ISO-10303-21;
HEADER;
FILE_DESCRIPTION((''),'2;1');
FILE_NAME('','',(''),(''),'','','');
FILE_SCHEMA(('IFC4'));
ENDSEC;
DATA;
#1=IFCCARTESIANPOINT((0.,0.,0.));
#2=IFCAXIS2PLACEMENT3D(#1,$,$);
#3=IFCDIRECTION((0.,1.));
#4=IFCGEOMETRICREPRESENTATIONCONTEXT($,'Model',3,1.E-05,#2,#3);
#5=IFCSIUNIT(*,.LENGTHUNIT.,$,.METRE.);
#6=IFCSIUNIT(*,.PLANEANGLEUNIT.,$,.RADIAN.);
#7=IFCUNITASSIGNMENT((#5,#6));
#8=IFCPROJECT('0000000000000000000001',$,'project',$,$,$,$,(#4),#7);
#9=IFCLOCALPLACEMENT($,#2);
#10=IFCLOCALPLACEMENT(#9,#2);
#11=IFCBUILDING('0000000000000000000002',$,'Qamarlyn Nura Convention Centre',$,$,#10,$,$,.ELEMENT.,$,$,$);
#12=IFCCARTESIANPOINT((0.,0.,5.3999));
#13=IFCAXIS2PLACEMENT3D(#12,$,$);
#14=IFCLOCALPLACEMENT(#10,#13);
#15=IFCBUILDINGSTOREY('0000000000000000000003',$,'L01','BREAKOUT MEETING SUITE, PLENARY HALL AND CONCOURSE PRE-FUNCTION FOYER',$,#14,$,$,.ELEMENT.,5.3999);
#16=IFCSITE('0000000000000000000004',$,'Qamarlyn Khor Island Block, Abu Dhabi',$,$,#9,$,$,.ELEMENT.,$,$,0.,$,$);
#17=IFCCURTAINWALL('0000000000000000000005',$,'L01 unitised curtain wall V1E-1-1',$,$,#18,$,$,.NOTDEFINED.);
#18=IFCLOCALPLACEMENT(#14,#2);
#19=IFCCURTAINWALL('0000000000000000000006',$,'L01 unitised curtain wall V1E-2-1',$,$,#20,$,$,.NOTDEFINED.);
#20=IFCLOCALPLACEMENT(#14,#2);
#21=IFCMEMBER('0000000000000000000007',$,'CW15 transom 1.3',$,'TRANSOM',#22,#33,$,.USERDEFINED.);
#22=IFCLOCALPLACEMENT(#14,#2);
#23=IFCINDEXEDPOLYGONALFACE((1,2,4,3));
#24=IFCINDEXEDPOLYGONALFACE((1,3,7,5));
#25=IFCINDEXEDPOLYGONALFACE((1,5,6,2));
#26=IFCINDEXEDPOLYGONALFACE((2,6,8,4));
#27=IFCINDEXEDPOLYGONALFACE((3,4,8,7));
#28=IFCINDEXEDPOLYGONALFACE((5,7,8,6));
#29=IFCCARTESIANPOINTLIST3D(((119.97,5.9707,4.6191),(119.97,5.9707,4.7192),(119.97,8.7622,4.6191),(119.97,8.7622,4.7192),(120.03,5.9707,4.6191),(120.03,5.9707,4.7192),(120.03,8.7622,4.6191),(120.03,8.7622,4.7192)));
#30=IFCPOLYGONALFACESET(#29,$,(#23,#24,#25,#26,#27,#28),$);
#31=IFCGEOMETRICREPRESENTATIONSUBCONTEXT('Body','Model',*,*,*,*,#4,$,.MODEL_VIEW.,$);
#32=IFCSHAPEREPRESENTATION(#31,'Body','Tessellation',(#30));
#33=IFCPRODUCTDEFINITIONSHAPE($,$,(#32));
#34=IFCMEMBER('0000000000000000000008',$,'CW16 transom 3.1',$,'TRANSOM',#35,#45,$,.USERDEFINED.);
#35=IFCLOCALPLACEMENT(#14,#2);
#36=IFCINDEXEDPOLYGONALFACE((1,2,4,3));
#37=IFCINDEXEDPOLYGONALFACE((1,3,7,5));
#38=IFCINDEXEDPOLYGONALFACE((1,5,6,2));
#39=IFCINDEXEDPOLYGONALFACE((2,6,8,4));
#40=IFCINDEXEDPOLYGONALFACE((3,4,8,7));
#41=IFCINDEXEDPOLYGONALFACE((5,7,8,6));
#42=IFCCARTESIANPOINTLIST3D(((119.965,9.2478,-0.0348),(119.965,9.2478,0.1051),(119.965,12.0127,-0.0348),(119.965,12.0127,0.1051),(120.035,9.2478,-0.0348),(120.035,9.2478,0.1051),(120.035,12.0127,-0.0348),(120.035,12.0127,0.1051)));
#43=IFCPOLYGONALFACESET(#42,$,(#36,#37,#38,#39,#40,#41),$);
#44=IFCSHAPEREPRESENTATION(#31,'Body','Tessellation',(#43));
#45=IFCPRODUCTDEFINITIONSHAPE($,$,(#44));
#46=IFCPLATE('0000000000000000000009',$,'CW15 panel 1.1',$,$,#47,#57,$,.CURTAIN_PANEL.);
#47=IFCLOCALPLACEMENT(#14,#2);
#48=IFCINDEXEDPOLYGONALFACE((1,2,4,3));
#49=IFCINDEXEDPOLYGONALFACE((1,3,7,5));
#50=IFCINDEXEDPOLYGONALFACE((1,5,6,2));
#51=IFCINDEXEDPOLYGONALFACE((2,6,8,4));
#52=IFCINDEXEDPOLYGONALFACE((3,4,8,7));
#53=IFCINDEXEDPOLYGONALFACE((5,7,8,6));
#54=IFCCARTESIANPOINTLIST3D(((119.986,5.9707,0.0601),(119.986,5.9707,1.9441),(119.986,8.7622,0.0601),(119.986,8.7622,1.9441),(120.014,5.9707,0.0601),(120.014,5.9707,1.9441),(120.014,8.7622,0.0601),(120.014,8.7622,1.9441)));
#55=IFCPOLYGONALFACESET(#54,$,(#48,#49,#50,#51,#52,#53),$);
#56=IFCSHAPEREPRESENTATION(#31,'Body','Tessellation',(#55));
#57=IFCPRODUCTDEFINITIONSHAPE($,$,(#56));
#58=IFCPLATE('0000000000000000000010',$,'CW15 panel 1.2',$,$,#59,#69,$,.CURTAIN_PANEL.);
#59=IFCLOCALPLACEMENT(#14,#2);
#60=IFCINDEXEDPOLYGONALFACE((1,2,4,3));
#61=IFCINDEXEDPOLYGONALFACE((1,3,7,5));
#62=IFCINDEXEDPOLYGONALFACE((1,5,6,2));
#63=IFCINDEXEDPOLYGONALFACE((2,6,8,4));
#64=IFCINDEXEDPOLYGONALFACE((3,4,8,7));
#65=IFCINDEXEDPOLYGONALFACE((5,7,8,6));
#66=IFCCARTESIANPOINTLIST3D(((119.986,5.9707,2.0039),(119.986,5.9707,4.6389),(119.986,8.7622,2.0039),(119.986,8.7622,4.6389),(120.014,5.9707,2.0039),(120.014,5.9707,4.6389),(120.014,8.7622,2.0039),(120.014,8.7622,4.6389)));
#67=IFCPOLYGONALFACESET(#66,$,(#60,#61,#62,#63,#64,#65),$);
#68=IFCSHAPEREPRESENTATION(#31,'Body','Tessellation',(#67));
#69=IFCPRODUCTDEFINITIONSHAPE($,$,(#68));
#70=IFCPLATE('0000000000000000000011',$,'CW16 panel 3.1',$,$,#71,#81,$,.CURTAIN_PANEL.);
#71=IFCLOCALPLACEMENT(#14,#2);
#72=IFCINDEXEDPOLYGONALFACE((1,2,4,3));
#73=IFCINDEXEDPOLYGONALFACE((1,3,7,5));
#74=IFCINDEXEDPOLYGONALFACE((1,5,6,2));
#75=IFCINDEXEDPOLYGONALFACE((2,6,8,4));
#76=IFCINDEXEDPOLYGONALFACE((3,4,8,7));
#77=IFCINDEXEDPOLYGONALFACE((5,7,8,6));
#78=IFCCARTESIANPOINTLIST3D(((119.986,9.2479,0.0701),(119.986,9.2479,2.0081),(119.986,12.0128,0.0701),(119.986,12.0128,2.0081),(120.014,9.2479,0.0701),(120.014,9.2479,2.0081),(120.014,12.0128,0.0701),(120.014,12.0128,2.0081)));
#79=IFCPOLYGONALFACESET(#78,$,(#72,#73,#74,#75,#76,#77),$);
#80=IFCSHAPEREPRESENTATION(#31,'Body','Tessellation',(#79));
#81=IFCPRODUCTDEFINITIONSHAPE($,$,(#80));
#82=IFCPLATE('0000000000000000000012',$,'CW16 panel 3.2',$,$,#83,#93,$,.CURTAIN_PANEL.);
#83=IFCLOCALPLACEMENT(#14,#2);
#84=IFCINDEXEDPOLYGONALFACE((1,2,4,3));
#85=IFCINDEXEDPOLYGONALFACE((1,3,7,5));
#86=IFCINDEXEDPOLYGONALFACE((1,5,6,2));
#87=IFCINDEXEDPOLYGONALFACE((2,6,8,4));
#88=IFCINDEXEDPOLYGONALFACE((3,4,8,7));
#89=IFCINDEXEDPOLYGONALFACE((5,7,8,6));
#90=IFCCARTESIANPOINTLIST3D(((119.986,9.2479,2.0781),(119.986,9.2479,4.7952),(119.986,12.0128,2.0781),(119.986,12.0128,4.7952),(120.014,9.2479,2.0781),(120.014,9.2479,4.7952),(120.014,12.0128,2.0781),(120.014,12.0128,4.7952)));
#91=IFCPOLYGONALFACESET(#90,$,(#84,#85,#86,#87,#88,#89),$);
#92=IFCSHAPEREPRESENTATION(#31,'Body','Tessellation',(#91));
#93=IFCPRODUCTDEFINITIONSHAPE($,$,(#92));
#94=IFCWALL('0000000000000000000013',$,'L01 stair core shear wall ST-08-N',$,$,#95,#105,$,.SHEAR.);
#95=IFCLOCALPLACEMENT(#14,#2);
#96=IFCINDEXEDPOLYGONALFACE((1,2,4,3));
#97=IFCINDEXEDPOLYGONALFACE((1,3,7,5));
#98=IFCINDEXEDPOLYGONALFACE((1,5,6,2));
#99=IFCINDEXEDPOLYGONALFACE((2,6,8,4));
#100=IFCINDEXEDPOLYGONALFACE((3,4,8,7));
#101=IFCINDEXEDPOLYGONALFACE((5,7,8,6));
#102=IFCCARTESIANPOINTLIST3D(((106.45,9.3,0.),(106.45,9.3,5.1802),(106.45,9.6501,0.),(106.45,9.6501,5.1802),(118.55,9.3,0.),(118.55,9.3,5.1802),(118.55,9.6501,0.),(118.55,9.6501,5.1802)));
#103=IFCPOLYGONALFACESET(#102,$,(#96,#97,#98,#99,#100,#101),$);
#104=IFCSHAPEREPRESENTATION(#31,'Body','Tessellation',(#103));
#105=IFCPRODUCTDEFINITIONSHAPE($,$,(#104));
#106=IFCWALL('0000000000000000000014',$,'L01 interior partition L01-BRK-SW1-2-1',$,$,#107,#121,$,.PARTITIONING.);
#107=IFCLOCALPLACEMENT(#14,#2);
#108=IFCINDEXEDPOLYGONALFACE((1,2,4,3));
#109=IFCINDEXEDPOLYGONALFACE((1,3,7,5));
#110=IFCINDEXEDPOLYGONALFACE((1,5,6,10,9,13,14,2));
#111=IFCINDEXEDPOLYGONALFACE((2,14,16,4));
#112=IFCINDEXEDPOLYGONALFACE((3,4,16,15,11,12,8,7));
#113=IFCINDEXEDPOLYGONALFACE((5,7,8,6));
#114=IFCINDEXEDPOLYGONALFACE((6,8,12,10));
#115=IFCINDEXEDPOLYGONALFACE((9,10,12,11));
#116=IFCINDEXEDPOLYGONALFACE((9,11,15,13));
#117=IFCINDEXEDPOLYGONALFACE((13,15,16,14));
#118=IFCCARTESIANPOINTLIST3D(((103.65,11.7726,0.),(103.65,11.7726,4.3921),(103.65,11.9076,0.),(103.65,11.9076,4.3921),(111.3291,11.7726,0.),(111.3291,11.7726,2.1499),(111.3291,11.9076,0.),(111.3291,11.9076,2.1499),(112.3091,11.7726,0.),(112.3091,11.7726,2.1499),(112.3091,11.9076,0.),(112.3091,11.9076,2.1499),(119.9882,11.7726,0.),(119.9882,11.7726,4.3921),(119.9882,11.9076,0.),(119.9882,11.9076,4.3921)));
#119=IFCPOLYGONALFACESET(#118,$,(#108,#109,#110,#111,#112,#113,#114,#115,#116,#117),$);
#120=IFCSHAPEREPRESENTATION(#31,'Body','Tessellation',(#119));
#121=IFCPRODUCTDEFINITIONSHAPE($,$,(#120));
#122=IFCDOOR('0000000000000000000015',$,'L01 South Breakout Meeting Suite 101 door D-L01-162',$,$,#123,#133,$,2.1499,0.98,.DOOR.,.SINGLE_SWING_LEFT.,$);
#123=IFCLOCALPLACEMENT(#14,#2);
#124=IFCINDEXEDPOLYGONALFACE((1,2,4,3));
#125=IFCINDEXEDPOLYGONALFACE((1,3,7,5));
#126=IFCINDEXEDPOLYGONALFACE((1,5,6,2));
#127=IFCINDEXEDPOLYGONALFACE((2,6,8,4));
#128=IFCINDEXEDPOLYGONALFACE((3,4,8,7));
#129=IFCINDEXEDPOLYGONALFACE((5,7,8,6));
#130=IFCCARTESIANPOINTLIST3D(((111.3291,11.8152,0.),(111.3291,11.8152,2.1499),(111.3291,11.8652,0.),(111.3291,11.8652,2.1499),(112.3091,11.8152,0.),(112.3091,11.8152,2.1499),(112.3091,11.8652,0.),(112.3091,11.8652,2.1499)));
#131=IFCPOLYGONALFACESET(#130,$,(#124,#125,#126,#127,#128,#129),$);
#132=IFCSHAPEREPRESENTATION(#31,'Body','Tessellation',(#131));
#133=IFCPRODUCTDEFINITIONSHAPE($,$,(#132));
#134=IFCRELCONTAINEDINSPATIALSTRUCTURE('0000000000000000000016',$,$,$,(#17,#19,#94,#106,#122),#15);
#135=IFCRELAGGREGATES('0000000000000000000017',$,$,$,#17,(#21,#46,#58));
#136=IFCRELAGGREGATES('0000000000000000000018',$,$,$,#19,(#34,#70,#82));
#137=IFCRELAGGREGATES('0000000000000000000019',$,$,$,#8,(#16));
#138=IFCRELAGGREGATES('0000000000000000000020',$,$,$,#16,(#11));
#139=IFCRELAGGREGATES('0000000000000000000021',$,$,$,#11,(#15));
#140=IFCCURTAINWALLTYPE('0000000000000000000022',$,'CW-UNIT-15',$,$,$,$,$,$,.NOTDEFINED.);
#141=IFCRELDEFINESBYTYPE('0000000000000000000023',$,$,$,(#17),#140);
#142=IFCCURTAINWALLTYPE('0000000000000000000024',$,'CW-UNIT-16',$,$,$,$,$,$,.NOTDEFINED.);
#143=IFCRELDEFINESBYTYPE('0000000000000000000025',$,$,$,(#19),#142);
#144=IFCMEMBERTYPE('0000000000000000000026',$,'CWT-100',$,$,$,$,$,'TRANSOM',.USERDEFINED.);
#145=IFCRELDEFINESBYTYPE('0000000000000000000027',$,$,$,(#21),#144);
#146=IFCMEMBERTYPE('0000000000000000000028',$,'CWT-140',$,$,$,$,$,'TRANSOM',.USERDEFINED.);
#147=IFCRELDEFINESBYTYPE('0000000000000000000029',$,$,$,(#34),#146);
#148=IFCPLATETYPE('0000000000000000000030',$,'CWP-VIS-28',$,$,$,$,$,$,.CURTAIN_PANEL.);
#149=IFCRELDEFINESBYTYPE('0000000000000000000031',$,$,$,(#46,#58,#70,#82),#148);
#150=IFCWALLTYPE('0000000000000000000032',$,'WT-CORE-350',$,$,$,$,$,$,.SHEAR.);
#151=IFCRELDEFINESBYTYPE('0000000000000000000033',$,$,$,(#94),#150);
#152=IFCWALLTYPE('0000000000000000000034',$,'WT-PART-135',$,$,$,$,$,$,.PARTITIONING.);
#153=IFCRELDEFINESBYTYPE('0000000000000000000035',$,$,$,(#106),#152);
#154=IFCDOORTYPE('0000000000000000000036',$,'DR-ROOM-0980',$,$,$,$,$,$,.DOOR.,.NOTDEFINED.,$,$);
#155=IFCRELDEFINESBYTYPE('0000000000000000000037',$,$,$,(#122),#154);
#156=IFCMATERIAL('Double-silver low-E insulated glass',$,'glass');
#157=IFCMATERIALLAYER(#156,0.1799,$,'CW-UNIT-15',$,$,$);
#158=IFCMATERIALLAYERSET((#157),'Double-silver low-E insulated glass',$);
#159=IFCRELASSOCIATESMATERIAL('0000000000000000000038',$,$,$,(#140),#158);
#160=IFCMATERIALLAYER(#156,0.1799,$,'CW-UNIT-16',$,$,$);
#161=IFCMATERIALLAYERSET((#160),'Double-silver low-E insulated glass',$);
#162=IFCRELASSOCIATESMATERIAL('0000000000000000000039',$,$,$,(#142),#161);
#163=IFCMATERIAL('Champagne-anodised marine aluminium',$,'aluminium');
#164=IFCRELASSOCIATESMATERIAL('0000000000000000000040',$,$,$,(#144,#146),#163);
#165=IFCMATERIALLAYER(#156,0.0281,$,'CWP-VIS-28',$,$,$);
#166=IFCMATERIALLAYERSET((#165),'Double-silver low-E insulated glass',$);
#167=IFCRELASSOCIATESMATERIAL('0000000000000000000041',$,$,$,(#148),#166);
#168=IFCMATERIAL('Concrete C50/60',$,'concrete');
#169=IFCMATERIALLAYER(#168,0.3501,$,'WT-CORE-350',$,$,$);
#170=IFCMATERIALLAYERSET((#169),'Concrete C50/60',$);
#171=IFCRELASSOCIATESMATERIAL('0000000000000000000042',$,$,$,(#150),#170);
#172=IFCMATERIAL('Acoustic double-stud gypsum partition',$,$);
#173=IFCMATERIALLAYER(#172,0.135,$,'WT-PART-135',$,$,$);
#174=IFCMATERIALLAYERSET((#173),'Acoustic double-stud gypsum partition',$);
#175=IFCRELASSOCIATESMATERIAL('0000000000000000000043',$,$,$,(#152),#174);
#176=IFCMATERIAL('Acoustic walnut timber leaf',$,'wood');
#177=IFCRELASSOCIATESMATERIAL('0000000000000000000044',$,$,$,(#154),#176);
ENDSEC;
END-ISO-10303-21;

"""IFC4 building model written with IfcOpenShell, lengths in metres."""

from ifc_helpers import new_model, si_unit, direction, frame, frame_2d, origin, origin_2d, place, context, subcontext, project, spatial, rectangle, extrude, material, layer, layer_set, material_profile, profile_set, type_object, element, fill, aggregate, save


model = new_model("IFC4")

# Units and contexts
model_context = context("Model", 3, precision=1e-05, world=origin(), true_north=direction((0.0, 1.0)))
body_context = subcontext(model_context, "Body", "Model", "MODEL_VIEW")
ifc_project = project(units=[si_unit("LENGTHUNIT", "METRE"), si_unit("PLANEANGLEUNIT", "RADIAN")], contexts=[model_context])

# Site, building, storey
site_placement = place(None, origin())
site = spatial("IfcSite", under=ifc_project, at=site_placement, Name="Qamarlyn Khor Island Block, Abu Dhabi", CompositionType="ELEMENT", RefElevation=0.0)
building_placement = place(site_placement, origin())
building = spatial("IfcBuilding", under=site, at=building_placement, Name="Qamarlyn Nura Convention Centre", CompositionType="ELEMENT")
storey_placement = place(building_placement, frame((0.0, 0.0, 5.3999)))
storey = spatial("IfcBuildingStorey", under=building, at=storey_placement, Name="L01", Description="BREAKOUT MEETING SUITE, PLENARY HALL AND CONCOURSE PRE-FUNCTION FOYER", CompositionType="ELEMENT", Elevation=5.3999)

# Curtain walls
ifc_material_1 = material(Name="Double-silver low-E insulated glass", Category="glass")
ifc_layer_1 = layer(ifc_material_1, 0.1799, Name="CW-UNIT-15")
ifc_layer_set_1 = layer_set([ifc_layer_1], Name="Double-silver low-E insulated glass")
curtain_wall_type_1 = type_object("IfcCurtainWallType", Name="CW-UNIT-15", PredefinedType="NOTDEFINED", material=ifc_layer_set_1)
curtain_wall_1_placement = place(storey_placement, origin())
curtain_wall_1 = element("IfcCurtainWall", 1, at=curtain_wall_1_placement, inside=storey, type_object=curtain_wall_type_1, Name="L01 unitised curtain wall V1E-1-1", PredefinedType="NOTDEFINED")
ifc_material_2 = material(Name="Champagne-anodised marine aluminium", Category="aluminium")
ifc_layer_2 = layer(ifc_material_1, 0.1799, Name="CW-UNIT-16")
ifc_layer_set_2 = layer_set([ifc_layer_2], Name="Double-silver low-E insulated glass")
curtain_wall_type_2 = type_object("IfcCurtainWallType", Name="CW-UNIT-16", PredefinedType="NOTDEFINED", material=ifc_layer_set_2)
curtain_wall_2_placement = place(storey_placement, origin())
curtain_wall_2 = element("IfcCurtainWall", 2, at=curtain_wall_2_placement, inside=storey, type_object=curtain_wall_type_2, Name="L01 unitised curtain wall V1E-2-1", PredefinedType="NOTDEFINED")

# Members
ifc_material_profile_1 = material_profile(ifc_material_2, rectangle(XDim=0.0601, YDim=0.1001, at=origin_2d()), Name="ALU TRANSOM 60x100")
ifc_profile_set_1 = profile_set([ifc_material_profile_1], Name="Champagne-anodised marine aluminium")
member_type_1 = type_object("IfcMemberType", Name="CWT-100", ElementType="TRANSOM", PredefinedType="USERDEFINED", material=ifc_profile_set_1)
member_1_placement = place(storey_placement, frame((120.0, 8.7622, 4.6692), z_axis=(0.0, -1.0, 0.0), x_axis=(1.0, 0.0, 0.0)))
member_1 = element("IfcMember", 3, at=member_1_placement, type_object=member_type_1, Name="CW15 transom 1.3", ObjectType="TRANSOM", PredefinedType="USERDEFINED", context=body_context, shape_type="SweptSolid", body=[
    extrude(rectangle(XDim=0.0601, YDim=0.1001, at=origin_2d()), origin(), (0.0, 0.0, 1.0), 2.7915),
])
ifc_material_profile_2 = material_profile(ifc_material_2, rectangle(XDim=0.0701, YDim=0.1399, at=origin_2d()), Name="ALU TRANSOM 70x140")
ifc_profile_set_2 = profile_set([ifc_material_profile_2], Name="Champagne-anodised marine aluminium")
member_type_2 = type_object("IfcMemberType", Name="CWT-140", ElementType="TRANSOM", PredefinedType="USERDEFINED", material=ifc_profile_set_2)
member_2_placement = place(storey_placement, frame((120.0, 12.0127, 0.0352), z_axis=(0.0, -1.0, 0.0), x_axis=(1.0, 0.0, 0.0)))
member_2 = element("IfcMember", 4, at=member_2_placement, type_object=member_type_2, Name="CW16 transom 3.1", ObjectType="TRANSOM", PredefinedType="USERDEFINED", context=body_context, shape_type="SweptSolid", body=[
    extrude(rectangle(XDim=0.0701, YDim=0.1399, at=origin_2d()), origin(), (0.0, 0.0, 1.0), 2.7649),
])

# Plates
ifc_layer_3 = layer(ifc_material_1, 0.0281, Name="CWP-VIS-28")
ifc_layer_set_3 = layer_set([ifc_layer_3], Name="Double-silver low-E insulated glass")
plate_type = type_object("IfcPlateType", Name="CWP-VIS-28", PredefinedType="CURTAIN_PANEL", material=ifc_layer_set_3)
plate_1_placement = place(storey_placement, frame((120.0, 7.3665, 0.0601), z_axis=(0.0, 0.0, 1.0), x_axis=(0.0, -1.0, 0.0)))
plate_1 = element("IfcPlate", 5, at=plate_1_placement, type_object=plate_type, Name="CW15 panel 1.1", PredefinedType="CURTAIN_PANEL", context=body_context, shape_type="SweptSolid", body=[
    extrude(rectangle(XDim=2.7915, YDim=0.0281, at=origin_2d()), origin(), (0.0, 0.0, 1.0), 1.884),
])
plate_2_placement = place(storey_placement, frame((120.0, 7.3665, 2.0039), z_axis=(0.0, 0.0, 1.0), x_axis=(0.0, -1.0, 0.0)))
plate_2 = element("IfcPlate", 6, at=plate_2_placement, type_object=plate_type, Name="CW15 panel 1.2", PredefinedType="CURTAIN_PANEL", context=body_context, shape_type="SweptSolid", body=[
    extrude(rectangle(XDim=2.7915, YDim=0.0281, at=origin_2d()), origin(), (0.0, 0.0, 1.0), 2.635),
])
aggregate(curtain_wall_1, [member_1, plate_1, plate_2])
plate_3_placement = place(storey_placement, frame((120.0, 10.6304, 0.0701), z_axis=(0.0, 0.0, 1.0), x_axis=(0.0, -1.0, 0.0)))
plate_3 = element("IfcPlate", 7, at=plate_3_placement, type_object=plate_type, Name="CW16 panel 3.1", PredefinedType="CURTAIN_PANEL", context=body_context, shape_type="SweptSolid", body=[
    extrude(rectangle(XDim=2.7649, YDim=0.0281, at=origin_2d()), origin(), (0.0, 0.0, 1.0), 1.938),
])
plate_4_placement = place(storey_placement, frame((120.0, 10.6304, 2.0781), z_axis=(0.0, 0.0, 1.0), x_axis=(0.0, -1.0, 0.0)))
plate_4 = element("IfcPlate", 8, at=plate_4_placement, type_object=plate_type, Name="CW16 panel 3.2", PredefinedType="CURTAIN_PANEL", context=body_context, shape_type="SweptSolid", body=[
    extrude(rectangle(XDim=2.7649, YDim=0.0281, at=origin_2d()), origin(), (0.0, 0.0, 1.0), 2.717),
])
aggregate(curtain_wall_2, [member_2, plate_3, plate_4])

# Wall
ifc_material_3 = material(Name="Concrete C50/60", Category="concrete")
ifc_layer_4 = layer(ifc_material_3, 0.3501, Name="WT-CORE-350")
ifc_layer_set_4 = layer_set([ifc_layer_4], Name="Concrete C50/60")
wall_type_1 = type_object("IfcWallType", Name="WT-CORE-350", PredefinedType="SHEAR", material=ifc_layer_set_4)
wall_1_placement = place(storey_placement, frame((118.55, 9.4751, 0.0), z_axis=(0.0, 0.0, 1.0), x_axis=(-1.0, 0.0, 0.0)))
element("IfcWall", 9, at=wall_1_placement, inside=storey, type_object=wall_type_1, Name="L01 stair core shear wall ST-08-N", PredefinedType="SHEAR", context=body_context, shape_type="SweptSolid", body=[
    extrude(rectangle(XDim=12.1001, YDim=0.3501, at=frame_2d((6.05, 0.0))), origin(), (0.0, 0.0, 1.0), 5.1802),
])

# Wall, opening, door
ifc_material_4 = material(Name="Acoustic double-stud gypsum partition")
ifc_layer_5 = layer(ifc_material_4, 0.135, Name="WT-PART-135")
ifc_layer_set_5 = layer_set([ifc_layer_5], Name="Acoustic double-stud gypsum partition")
wall_type_2 = type_object("IfcWallType", Name="WT-PART-135", PredefinedType="PARTITIONING", material=ifc_layer_set_5)
wall_2_placement = place(storey_placement, frame((119.988, 11.8401, 0.0), z_axis=(0.0, 0.0, 1.0), x_axis=(-1.0, 0.0, 0.0)))
wall_2 = element("IfcWall", 10, at=wall_2_placement, inside=storey, type_object=wall_type_2, Name="L01 interior partition L01-BRK-SW1-2-1", PredefinedType="PARTITIONING", context=body_context, shape_type="SweptSolid", body=[
    extrude(rectangle(XDim=16.3381, YDim=0.135, at=frame_2d((8.1689, 0.0))), origin(), (0.0, 0.0, 1.0), 4.3921),
])
opening_placement = place(wall_2_placement, frame((7.679, 0.0, 0.0)))
opening = element("IfcOpeningElement", 11, at=opening_placement, cuts=wall_2, PredefinedType="OPENING", context=body_context, shape_type="SweptSolid", body=[
    extrude(rectangle(XDim=0.98, YDim=2.1499, at=frame_2d((0.49, 1.075))), frame((0.0, 0.0776, 0.0), z_axis=(0.0, -1.0, 0.0), x_axis=(1.0, 0.0, 0.0)), (0.0, 0.0, 1.0), 0.155),
])
ifc_material_5 = material(Name="Acoustic walnut timber leaf", Category="wood")
door_type = type_object("IfcDoorType", Name="DR-ROOM-0980", OperationType="NOTDEFINED", PredefinedType="DOOR", material=ifc_material_5)
door_placement = place(opening_placement, origin())
door = element("IfcDoor", 12, at=door_placement, inside=storey, type_object=door_type, Name="L01 South Breakout Meeting Suite 101 door D-L01-162", OperationType="SINGLE_SWING_LEFT", OverallHeight=2.1499, OverallWidth=0.98, PredefinedType="DOOR", context=body_context, shape_type="SweptSolid", body=[
    extrude(rectangle(XDim=0.98, YDim=2.1499, at=frame_2d((0.49, 1.075))), frame((0.0, 0.0249, 0.0), z_axis=(0.0, -1.0, 0.0), x_axis=(1.0, 0.0, 0.0)), (0.0, 0.0, 1.0), 0.05),
])
fill(opening, door)

save(model, "model.ifc")
